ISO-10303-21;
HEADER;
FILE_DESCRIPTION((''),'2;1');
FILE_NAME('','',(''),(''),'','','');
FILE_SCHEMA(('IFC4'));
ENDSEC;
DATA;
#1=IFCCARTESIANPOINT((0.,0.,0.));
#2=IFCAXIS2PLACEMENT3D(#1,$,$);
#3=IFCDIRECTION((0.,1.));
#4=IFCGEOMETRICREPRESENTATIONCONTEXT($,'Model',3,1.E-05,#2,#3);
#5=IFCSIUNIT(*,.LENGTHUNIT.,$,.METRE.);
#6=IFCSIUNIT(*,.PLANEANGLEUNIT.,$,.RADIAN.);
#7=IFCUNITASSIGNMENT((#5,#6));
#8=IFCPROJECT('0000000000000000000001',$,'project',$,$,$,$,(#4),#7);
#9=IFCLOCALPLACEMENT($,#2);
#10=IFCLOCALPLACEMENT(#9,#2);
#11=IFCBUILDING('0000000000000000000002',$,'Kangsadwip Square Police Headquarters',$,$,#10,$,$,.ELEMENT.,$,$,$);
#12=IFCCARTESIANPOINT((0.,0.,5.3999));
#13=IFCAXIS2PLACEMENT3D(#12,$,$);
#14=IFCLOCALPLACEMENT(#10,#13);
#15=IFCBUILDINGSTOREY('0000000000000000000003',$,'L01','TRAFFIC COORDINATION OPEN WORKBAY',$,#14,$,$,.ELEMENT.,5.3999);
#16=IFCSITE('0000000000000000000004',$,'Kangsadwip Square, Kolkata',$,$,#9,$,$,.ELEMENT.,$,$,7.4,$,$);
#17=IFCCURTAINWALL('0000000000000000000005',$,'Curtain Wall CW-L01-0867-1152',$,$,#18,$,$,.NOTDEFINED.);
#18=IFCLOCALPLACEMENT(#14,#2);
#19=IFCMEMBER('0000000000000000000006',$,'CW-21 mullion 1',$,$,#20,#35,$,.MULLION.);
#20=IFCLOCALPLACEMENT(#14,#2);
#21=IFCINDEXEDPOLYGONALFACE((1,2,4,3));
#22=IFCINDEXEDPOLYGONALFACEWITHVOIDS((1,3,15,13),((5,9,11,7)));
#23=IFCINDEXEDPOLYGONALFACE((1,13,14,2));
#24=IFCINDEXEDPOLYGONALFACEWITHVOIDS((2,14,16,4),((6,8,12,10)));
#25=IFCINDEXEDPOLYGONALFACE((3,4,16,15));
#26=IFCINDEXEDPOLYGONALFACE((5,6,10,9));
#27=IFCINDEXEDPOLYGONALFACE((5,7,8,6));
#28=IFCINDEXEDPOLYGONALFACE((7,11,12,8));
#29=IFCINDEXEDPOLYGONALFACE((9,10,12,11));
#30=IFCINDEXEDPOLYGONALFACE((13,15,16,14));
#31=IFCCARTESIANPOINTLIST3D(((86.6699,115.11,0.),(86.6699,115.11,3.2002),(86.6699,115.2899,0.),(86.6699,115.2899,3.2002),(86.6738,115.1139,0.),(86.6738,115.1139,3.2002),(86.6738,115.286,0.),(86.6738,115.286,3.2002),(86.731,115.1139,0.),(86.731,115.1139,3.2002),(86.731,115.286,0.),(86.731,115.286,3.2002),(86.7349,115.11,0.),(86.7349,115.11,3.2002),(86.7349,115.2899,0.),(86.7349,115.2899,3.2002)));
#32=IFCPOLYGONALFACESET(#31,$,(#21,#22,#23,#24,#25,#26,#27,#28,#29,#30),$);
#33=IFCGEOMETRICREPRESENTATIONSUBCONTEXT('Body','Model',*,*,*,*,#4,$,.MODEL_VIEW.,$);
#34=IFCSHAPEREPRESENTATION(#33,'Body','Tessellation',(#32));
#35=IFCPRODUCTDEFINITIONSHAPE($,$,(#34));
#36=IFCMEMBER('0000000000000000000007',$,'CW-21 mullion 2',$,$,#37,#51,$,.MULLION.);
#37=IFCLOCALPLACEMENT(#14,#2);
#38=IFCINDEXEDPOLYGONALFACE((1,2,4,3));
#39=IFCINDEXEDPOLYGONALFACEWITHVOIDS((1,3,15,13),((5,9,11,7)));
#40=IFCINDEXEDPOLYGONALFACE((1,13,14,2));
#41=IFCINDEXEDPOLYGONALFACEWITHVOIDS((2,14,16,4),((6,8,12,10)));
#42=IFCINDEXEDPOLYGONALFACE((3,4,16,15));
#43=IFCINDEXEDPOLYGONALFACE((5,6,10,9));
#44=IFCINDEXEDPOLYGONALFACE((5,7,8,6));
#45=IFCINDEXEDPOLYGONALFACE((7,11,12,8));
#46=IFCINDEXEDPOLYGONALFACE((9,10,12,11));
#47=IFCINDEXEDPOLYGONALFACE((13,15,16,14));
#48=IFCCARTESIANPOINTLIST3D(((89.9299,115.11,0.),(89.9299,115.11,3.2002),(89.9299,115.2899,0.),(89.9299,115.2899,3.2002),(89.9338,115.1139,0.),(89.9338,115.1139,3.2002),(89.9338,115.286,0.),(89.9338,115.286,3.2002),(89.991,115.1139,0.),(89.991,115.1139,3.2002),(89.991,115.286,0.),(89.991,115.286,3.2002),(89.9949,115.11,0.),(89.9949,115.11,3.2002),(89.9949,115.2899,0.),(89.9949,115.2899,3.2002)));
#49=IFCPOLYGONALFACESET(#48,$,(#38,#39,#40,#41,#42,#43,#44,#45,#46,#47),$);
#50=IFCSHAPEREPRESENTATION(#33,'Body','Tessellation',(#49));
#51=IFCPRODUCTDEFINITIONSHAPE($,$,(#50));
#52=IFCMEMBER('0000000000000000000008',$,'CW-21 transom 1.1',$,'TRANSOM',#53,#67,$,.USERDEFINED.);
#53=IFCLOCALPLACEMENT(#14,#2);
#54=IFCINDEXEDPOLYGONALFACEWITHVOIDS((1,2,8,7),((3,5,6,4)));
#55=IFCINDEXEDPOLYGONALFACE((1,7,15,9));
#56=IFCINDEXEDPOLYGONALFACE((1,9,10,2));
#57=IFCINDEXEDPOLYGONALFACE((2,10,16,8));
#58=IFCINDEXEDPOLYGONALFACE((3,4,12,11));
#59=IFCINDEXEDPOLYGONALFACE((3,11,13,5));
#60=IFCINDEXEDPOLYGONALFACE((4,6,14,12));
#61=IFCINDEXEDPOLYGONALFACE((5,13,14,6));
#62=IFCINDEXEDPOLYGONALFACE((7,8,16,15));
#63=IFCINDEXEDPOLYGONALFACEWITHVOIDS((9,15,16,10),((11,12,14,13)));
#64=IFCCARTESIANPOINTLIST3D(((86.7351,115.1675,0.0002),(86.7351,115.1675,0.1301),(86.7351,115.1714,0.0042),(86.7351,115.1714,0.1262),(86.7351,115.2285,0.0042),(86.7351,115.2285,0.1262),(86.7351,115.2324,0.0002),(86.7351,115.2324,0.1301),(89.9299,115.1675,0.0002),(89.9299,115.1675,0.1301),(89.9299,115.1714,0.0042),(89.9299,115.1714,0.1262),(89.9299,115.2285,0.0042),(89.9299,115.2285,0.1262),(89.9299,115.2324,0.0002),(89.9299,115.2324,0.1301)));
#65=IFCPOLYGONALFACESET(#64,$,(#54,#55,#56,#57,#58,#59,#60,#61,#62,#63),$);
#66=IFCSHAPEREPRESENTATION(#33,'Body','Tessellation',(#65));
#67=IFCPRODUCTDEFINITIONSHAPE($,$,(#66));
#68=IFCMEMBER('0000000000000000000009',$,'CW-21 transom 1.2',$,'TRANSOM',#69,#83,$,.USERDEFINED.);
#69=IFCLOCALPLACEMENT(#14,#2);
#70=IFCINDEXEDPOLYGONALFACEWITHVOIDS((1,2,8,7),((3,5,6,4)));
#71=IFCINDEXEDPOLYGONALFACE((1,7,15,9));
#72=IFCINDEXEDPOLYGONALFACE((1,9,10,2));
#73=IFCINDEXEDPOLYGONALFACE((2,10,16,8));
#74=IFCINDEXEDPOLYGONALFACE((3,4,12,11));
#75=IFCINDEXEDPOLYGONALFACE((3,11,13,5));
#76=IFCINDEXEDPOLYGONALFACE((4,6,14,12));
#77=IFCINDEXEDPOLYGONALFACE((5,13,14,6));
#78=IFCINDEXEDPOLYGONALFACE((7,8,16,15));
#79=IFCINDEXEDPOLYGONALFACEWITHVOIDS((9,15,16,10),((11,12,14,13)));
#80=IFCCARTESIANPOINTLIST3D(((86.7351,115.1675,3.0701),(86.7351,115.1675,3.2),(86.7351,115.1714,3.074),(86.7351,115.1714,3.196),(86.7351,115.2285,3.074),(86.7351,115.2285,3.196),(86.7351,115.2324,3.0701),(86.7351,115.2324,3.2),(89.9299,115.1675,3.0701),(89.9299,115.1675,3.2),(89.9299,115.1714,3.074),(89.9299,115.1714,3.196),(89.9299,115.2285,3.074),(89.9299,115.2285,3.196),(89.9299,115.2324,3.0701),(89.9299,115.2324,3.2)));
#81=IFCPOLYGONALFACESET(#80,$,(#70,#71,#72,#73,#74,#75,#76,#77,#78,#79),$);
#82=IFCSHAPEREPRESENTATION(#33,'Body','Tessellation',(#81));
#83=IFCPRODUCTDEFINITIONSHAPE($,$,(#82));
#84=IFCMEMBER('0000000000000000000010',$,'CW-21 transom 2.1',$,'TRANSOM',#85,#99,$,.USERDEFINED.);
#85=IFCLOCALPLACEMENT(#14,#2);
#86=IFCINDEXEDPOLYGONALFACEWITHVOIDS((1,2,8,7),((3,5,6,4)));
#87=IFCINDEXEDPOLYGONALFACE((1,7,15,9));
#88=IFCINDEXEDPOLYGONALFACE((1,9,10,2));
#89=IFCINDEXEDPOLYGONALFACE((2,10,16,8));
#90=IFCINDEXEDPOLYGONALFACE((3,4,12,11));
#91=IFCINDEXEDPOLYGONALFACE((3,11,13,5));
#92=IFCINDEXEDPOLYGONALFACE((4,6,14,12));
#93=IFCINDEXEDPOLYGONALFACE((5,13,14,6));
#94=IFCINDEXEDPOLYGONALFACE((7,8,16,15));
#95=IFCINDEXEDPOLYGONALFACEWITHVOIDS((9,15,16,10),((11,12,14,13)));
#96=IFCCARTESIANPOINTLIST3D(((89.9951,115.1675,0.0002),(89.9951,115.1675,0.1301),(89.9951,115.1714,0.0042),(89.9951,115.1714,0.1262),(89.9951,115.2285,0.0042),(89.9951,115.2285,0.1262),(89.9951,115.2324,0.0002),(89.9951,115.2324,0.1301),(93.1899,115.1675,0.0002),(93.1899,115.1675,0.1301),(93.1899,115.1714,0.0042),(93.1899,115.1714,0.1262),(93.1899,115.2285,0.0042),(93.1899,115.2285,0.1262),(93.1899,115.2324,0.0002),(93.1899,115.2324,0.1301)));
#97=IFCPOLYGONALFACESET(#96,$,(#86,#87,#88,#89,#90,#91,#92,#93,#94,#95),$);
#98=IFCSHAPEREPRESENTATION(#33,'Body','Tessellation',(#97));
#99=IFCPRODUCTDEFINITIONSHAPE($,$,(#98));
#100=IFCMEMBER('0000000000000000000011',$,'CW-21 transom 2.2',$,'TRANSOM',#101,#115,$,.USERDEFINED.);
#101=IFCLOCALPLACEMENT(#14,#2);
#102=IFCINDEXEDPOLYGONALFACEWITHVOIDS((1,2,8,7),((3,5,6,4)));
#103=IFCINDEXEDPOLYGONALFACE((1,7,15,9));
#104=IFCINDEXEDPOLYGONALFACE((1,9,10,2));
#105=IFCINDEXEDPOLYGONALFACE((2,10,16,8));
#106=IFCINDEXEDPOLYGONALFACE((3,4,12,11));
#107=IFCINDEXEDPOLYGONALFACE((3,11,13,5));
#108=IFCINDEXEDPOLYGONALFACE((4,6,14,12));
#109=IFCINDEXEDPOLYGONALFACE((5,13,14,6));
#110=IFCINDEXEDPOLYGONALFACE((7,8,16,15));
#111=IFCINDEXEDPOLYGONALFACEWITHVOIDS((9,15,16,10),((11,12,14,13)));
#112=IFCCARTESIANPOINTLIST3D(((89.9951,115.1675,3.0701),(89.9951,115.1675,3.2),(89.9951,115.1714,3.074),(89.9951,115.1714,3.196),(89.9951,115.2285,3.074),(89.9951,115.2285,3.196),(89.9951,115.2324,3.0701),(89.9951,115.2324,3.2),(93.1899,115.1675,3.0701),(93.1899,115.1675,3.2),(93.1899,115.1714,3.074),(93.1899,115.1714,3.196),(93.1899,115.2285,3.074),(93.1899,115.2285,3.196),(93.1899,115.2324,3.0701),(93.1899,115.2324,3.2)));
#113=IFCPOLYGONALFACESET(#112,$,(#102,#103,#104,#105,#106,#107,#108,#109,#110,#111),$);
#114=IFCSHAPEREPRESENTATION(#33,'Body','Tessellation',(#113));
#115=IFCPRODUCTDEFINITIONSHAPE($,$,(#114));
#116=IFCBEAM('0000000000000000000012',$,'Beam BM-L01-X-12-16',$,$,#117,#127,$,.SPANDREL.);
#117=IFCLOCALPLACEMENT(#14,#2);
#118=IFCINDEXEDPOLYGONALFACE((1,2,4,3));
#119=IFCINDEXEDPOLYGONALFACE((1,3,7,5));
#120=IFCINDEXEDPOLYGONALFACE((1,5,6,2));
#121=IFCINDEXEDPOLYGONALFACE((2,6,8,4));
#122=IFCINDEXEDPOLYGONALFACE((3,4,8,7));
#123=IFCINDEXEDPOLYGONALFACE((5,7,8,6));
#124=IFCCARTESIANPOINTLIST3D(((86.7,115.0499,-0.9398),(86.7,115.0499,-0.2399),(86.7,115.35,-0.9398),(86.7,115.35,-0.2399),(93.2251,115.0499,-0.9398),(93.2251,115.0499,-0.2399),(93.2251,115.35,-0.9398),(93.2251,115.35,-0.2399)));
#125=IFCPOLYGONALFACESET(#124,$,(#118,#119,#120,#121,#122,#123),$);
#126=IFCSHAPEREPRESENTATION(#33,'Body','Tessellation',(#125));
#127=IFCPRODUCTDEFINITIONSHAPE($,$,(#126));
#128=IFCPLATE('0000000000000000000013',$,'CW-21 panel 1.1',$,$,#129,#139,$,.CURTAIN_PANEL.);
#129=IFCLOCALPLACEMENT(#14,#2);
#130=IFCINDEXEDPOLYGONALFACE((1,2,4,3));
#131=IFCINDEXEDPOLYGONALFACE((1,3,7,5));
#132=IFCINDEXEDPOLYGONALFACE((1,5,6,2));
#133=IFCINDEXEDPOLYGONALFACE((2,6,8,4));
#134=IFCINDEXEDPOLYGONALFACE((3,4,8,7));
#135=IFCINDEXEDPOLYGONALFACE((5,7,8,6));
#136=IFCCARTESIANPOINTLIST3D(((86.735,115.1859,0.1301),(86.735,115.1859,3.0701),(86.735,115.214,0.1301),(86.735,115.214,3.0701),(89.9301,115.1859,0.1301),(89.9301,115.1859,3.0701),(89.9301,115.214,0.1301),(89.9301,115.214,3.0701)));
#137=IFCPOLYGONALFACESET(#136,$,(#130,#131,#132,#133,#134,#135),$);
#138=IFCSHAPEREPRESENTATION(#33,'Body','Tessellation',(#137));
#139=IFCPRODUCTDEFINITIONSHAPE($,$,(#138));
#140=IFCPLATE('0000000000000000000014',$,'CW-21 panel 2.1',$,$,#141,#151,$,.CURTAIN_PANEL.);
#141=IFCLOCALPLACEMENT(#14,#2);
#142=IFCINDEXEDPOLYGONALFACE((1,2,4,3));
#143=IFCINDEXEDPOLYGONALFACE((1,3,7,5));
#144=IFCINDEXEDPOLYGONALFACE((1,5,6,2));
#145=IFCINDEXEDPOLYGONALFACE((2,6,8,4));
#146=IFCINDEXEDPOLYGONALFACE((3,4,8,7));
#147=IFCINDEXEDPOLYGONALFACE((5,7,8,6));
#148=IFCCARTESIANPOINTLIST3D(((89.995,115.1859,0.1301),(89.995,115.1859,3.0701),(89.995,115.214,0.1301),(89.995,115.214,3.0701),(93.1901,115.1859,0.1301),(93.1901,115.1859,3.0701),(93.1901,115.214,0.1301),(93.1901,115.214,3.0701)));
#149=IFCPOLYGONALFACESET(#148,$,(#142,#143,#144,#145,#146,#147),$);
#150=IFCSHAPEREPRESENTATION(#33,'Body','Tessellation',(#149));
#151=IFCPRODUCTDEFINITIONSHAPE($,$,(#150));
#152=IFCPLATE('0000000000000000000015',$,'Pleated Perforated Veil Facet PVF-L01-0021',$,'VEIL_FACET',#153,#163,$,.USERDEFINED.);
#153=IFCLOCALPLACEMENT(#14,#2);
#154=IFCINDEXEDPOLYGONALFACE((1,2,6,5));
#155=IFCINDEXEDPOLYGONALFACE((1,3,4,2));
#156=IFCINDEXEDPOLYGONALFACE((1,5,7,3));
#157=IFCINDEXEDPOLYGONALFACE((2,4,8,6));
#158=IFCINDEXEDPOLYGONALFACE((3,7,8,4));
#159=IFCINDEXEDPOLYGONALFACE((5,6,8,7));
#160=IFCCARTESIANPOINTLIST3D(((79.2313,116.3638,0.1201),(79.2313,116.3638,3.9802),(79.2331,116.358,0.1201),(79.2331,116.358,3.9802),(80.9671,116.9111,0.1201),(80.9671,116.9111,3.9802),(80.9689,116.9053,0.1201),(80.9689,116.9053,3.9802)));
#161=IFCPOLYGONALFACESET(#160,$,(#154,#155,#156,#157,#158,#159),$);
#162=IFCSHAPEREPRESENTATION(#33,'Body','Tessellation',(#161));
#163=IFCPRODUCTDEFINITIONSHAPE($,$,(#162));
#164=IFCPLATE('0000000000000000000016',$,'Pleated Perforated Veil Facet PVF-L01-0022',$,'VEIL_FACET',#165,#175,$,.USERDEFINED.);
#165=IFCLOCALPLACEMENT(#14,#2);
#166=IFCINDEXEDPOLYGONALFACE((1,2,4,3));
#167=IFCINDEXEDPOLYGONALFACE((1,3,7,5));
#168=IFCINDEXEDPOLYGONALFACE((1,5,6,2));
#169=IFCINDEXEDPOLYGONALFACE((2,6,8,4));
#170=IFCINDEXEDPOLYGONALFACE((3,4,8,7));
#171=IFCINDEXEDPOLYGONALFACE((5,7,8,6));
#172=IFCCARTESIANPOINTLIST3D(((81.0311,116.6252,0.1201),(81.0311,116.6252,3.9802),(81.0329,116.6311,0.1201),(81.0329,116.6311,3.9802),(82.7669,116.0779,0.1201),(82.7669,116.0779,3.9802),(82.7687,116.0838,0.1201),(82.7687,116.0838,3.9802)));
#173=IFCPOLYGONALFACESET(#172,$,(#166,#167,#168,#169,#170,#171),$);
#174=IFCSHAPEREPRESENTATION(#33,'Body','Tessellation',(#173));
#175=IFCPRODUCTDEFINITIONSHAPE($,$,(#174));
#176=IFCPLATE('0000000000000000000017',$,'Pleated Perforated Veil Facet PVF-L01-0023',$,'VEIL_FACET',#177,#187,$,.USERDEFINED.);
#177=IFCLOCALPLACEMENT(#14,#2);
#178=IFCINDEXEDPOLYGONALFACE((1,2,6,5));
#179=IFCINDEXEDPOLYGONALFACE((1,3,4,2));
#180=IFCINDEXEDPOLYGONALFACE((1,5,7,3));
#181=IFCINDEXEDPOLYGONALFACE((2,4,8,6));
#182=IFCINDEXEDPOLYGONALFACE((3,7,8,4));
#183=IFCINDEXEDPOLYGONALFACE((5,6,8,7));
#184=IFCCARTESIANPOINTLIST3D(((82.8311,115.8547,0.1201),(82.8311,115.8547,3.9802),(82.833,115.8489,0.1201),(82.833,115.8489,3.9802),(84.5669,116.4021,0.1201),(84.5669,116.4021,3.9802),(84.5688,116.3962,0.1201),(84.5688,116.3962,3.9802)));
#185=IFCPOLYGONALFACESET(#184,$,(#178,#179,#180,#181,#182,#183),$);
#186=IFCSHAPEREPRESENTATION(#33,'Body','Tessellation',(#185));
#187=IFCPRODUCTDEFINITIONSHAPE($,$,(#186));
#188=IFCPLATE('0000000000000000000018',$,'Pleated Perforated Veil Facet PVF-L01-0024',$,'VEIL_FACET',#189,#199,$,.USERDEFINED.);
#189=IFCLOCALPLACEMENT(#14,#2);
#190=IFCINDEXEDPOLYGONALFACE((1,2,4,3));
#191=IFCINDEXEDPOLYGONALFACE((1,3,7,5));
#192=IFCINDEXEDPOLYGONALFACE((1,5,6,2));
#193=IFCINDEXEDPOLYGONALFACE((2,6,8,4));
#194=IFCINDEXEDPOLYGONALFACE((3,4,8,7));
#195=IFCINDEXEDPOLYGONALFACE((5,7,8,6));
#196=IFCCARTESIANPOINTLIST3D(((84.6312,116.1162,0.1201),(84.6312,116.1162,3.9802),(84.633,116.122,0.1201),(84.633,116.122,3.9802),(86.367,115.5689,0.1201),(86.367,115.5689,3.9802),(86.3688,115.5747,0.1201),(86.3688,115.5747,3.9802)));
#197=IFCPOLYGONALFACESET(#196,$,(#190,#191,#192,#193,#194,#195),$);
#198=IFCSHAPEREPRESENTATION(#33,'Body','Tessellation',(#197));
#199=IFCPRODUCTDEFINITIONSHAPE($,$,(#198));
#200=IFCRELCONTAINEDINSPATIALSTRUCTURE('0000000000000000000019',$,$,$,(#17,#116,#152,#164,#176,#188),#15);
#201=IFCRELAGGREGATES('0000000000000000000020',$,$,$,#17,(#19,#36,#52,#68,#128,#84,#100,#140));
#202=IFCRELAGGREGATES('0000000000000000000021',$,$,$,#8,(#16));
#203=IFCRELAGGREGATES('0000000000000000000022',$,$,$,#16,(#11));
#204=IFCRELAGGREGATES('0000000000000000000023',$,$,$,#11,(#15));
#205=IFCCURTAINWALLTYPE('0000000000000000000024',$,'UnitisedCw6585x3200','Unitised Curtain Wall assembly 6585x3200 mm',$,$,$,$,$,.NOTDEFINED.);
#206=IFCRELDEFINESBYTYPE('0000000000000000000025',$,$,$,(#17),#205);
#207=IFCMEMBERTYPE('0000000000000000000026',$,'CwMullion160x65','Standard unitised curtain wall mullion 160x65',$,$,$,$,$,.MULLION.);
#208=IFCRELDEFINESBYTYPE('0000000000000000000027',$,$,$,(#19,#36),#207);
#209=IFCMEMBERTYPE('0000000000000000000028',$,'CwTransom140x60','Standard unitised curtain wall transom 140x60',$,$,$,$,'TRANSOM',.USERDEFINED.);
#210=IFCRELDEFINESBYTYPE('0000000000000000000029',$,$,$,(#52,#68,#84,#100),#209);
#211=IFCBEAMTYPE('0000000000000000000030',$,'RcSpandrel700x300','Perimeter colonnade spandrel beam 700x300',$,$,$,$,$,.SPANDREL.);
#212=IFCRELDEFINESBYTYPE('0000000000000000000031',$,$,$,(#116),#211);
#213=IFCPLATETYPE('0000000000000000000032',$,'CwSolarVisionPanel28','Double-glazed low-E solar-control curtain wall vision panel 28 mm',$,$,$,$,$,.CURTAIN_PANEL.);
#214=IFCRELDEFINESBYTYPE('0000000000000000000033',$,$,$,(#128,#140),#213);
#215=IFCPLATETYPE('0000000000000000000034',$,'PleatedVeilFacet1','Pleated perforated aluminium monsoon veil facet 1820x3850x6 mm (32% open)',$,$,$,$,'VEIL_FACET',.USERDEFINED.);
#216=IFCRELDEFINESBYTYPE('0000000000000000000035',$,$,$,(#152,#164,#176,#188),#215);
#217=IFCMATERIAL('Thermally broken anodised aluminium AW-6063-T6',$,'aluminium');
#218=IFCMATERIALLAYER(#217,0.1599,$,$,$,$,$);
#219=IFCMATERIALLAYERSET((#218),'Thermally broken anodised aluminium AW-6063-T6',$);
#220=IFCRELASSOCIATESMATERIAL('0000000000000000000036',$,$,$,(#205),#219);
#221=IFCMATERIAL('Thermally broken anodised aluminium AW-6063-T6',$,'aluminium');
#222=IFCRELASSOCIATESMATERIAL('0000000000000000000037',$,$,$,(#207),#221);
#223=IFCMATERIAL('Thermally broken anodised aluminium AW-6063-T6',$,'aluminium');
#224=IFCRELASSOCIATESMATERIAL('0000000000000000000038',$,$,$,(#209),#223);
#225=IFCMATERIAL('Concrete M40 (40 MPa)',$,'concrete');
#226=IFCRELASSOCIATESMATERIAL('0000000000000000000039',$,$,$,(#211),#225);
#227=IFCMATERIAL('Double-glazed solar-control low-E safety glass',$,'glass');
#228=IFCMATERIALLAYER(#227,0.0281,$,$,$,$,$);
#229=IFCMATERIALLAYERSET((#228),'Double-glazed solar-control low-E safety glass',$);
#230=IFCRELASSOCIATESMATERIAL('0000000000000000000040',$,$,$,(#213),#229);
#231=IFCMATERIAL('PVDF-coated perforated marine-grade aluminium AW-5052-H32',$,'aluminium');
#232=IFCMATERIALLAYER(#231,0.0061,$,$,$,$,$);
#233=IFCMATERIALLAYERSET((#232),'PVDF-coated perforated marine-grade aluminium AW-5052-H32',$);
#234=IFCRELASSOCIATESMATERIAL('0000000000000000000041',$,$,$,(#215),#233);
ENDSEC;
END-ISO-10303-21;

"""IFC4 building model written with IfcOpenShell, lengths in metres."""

from ifc_helpers import new_model, si_unit, direction, frame, origin, origin_2d, place, context, subcontext, project, spatial, rectangle, hollow_rectangle, extrude, material, layer, layer_set, material_profile, profile_set, type_object, element, aggregate, save


model = new_model("IFC4")

# Units and contexts
model_context = context("Model", 3, precision=1e-05, world=origin(), true_north=direction((0.0, 1.0)))
body_context = subcontext(model_context, "Body", "Model", "MODEL_VIEW")
ifc_project = project(units=[si_unit("LENGTHUNIT", "METRE"), si_unit("PLANEANGLEUNIT", "RADIAN")], contexts=[model_context])

# Site, building, storey
site_placement = place(None, origin())
site = spatial("IfcSite", under=ifc_project, at=site_placement, Name="Kangsadwip Square, Kolkata", CompositionType="ELEMENT", RefElevation=7.4)
building_placement = place(site_placement, origin())
building = spatial("IfcBuilding", under=site, at=building_placement, Name="Kangsadwip Square Police Headquarters", CompositionType="ELEMENT")
storey_placement = place(building_placement, frame((0.0, 0.0, 5.3999)))
storey = spatial("IfcBuildingStorey", under=building, at=storey_placement, Name="L01", Description="TRAFFIC COORDINATION OPEN WORKBAY", CompositionType="ELEMENT", Elevation=5.3999)

# Curtain wall, members
ifc_material_1 = material(Name="Thermally broken anodised aluminium AW-6063-T6", Category="aluminium")
ifc_layer_1 = layer(ifc_material_1, 0.1599)
ifc_layer_set_1 = layer_set([ifc_layer_1], Name="Thermally broken anodised aluminium AW-6063-T6")
curtain_wall_type = type_object("IfcCurtainWallType", Name="UnitisedCw6585x3200", Description="Unitised Curtain Wall assembly 6585x3200 mm", PredefinedType="NOTDEFINED", material=ifc_layer_set_1)
curtain_wall_placement = place(storey_placement, origin())
curtain_wall = element("IfcCurtainWall", 1, at=curtain_wall_placement, inside=storey, type_object=curtain_wall_type, Name="Curtain Wall CW-L01-0867-1152", PredefinedType="NOTDEFINED")
ifc_material_2 = material(Name="Thermally broken anodised aluminium AW-6063-T6", Category="aluminium")
ifc_material_profile_1 = material_profile(ifc_material_2, hollow_rectangle(XDim=0.0649, YDim=0.1799, WallThickness=0.0039, at=origin_2d()), Name="CWM 180X65X4")
ifc_profile_set_1 = profile_set([ifc_material_profile_1], Name="Thermally broken anodised aluminium AW-6063-T6")
member_type_1 = type_object("IfcMemberType", Name="CwMullion160x65", Description="Standard unitised curtain wall mullion 160x65", PredefinedType="MULLION", material=ifc_profile_set_1)
member_1_placement = place(storey_placement, frame((86.7024, 115.2, 0.0), z_axis=(0.0, 0.0, 1.0), x_axis=(1.0, 0.0, 0.0)))
member_1 = element("IfcMember", 2, at=member_1_placement, type_object=member_type_1, Name="CW-21 mullion 1", PredefinedType="MULLION", context=body_context, shape_type="SweptSolid", body=[
    extrude(hollow_rectangle(XDim=0.0649, YDim=0.1799, WallThickness=0.0039, at=origin_2d()), origin(), (0.0, 0.0, 1.0), 3.2002),
])
member_2_placement = place(storey_placement, frame((89.9624, 115.2, 0.0), z_axis=(0.0, 0.0, 1.0), x_axis=(1.0, 0.0, 0.0)))
member_2 = element("IfcMember", 3, at=member_2_placement, type_object=member_type_1, Name="CW-21 mullion 2", PredefinedType="MULLION", context=body_context, shape_type="SweptSolid", body=[
    extrude(hollow_rectangle(XDim=0.0649, YDim=0.1799, WallThickness=0.0039, at=origin_2d()), origin(), (0.0, 0.0, 1.0), 3.2002),
])
ifc_material_3 = material(Name="Thermally broken anodised aluminium AW-6063-T6", Category="aluminium")
ifc_material_profile_2 = material_profile(ifc_material_3, hollow_rectangle(XDim=0.0649, YDim=0.1299, WallThickness=0.0039, at=origin_2d()), Name="CWT 130X65X4")
ifc_profile_set_2 = profile_set([ifc_material_profile_2], Name="Thermally broken anodised aluminium AW-6063-T6")
member_type_2 = type_object("IfcMemberType", Name="CwTransom140x60", Description="Standard unitised curtain wall transom 140x60", ElementType="TRANSOM", PredefinedType="USERDEFINED", material=ifc_profile_set_2)
member_3_placement = place(storey_placement, frame((86.7351, 115.2, 0.0652), z_axis=(1.0, 0.0, 0.0), x_axis=(0.0, 1.0, 0.0)))
member_3 = element("IfcMember", 4, at=member_3_placement, type_object=member_type_2, Name="CW-21 transom 1.1", ObjectType="TRANSOM", PredefinedType="USERDEFINED", context=body_context, shape_type="SweptSolid", body=[
    extrude(hollow_rectangle(XDim=0.0649, YDim=0.1299, WallThickness=0.0039, at=origin_2d()), origin(), (0.0, 0.0, 1.0), 3.1948),
])
member_4_placement = place(storey_placement, frame((86.7351, 115.2, 3.135), z_axis=(1.0, 0.0, 0.0), x_axis=(0.0, 1.0, 0.0)))
member_4 = element("IfcMember", 5, at=member_4_placement, type_object=member_type_2, Name="CW-21 transom 1.2", ObjectType="TRANSOM", PredefinedType="USERDEFINED", context=body_context, shape_type="SweptSolid", body=[
    extrude(hollow_rectangle(XDim=0.0649, YDim=0.1299, WallThickness=0.0039, at=origin_2d()), origin(), (0.0, 0.0, 1.0), 3.1948),
])
member_5_placement = place(storey_placement, frame((89.9951, 115.2, 0.0652), z_axis=(1.0, 0.0, 0.0), x_axis=(0.0, 1.0, 0.0)))
member_5 = element("IfcMember", 6, at=member_5_placement, type_object=member_type_2, Name="CW-21 transom 2.1", ObjectType="TRANSOM", PredefinedType="USERDEFINED", context=body_context, shape_type="SweptSolid", body=[
    extrude(hollow_rectangle(XDim=0.0649, YDim=0.1299, WallThickness=0.0039, at=origin_2d()), origin(), (0.0, 0.0, 1.0), 3.1948),
])
member_6_placement = place(storey_placement, frame((89.9951, 115.2, 3.135), z_axis=(1.0, 0.0, 0.0), x_axis=(0.0, 1.0, 0.0)))
member_6 = element("IfcMember", 7, at=member_6_placement, type_object=member_type_2, Name="CW-21 transom 2.2", ObjectType="TRANSOM", PredefinedType="USERDEFINED", context=body_context, shape_type="SweptSolid", body=[
    extrude(hollow_rectangle(XDim=0.0649, YDim=0.1299, WallThickness=0.0039, at=origin_2d()), origin(), (0.0, 0.0, 1.0), 3.1948),
])

# Beam
ifc_material_4 = material(Name="Concrete M40 (40 MPa)", Category="concrete")
ifc_material_profile_3 = material_profile(ifc_material_4, rectangle(XDim=0.3, YDim=0.7, at=origin_2d()), Name="RC SPN 700X300")
ifc_profile_set_3 = profile_set([ifc_material_profile_3], Name="Concrete M40 (40 MPa)")
beam_type = type_object("IfcBeamType", Name="RcSpandrel700x300", Description="Perimeter colonnade spandrel beam 700x300", PredefinedType="SPANDREL", material=ifc_profile_set_3)
beam_placement = place(storey_placement, frame((86.7, 115.2, -0.5898), z_axis=(1.0, 0.0, 0.0), x_axis=(0.0, 1.0, 0.0)))
element("IfcBeam", 8, at=beam_placement, inside=storey, type_object=beam_type, Name="Beam BM-L01-X-12-16", PredefinedType="SPANDREL", context=body_context, shape_type="SweptSolid", body=[
    extrude(rectangle(XDim=0.3, YDim=0.7, at=origin_2d()), origin(), (0.0, 0.0, 1.0), 6.5251),
])

# Plates
ifc_material_5 = material(Name="Double-glazed solar-control low-E safety glass", Category="glass")
ifc_layer_2 = layer(ifc_material_5, 0.0281)
ifc_layer_set_2 = layer_set([ifc_layer_2], Name="Double-glazed solar-control low-E safety glass")
plate_type_1 = type_object("IfcPlateType", Name="CwSolarVisionPanel28", Description="Double-glazed low-E solar-control curtain wall vision panel 28 mm", PredefinedType="CURTAIN_PANEL", material=ifc_layer_set_2)
plate_1_placement = place(storey_placement, frame((88.3325, 115.2, 0.1301), z_axis=(0.0, 0.0, 1.0), x_axis=(1.0, 0.0, 0.0)))
plate_1 = element("IfcPlate", 9, at=plate_1_placement, type_object=plate_type_1, Name="CW-21 panel 1.1", PredefinedType="CURTAIN_PANEL", context=body_context, shape_type="SweptSolid", body=[
    extrude(rectangle(XDim=3.1951, YDim=0.0281, at=origin_2d()), origin(), (0.0, 0.0, 1.0), 2.9399),
])
plate_2_placement = place(storey_placement, frame((91.5925, 115.2, 0.1301), z_axis=(0.0, 0.0, 1.0), x_axis=(1.0, 0.0, 0.0)))
plate_2 = element("IfcPlate", 10, at=plate_2_placement, type_object=plate_type_1, Name="CW-21 panel 2.1", PredefinedType="CURTAIN_PANEL", context=body_context, shape_type="SweptSolid", body=[
    extrude(rectangle(XDim=3.1951, YDim=0.0281, at=origin_2d()), origin(), (0.0, 0.0, 1.0), 2.9399),
])
aggregate(curtain_wall, [member_1, member_2, member_3, member_4, plate_1, member_5, member_6, plate_2])

# Plates
ifc_material_6 = material(Name="PVDF-coated perforated marine-grade aluminium AW-5052-H32", Category="aluminium")
ifc_layer_3 = layer(ifc_material_6, 0.0061)
ifc_layer_set_3 = layer_set([ifc_layer_3], Name="PVDF-coated perforated marine-grade aluminium AW-5052-H32")
plate_type_2 = type_object("IfcPlateType", Name="PleatedVeilFacet1", Description="Pleated perforated aluminium monsoon veil facet 1820x3850x6 mm (32% open)", ElementType="VEIL_FACET", PredefinedType="USERDEFINED", material=ifc_layer_set_3)
for number, where, z_axis, x_axis, name in (
    (11, (80.1001, 116.6345, 0.1201), (0.0, 0.0, 1.0), (0.953717, 0.300706, 0.0), "Pleated Perforated Veil Facet PVF-L01-0021"),
    (12, (81.8999, 116.3545, 0.1201), (0.0, 0.0, 1.0), (0.953717, -0.300706, 0.0), "Pleated Perforated Veil Facet PVF-L01-0022"),
    (13, (83.7, 116.1255, 0.1201), (0.0, 0.0, 1.0), (0.953717, 0.300706, 0.0), "Pleated Perforated Veil Facet PVF-L01-0023"),
    (14, (85.5, 115.8455, 0.1201), (0.0, 0.0, 1.0), (0.953717, -0.300706, 0.0), "Pleated Perforated Veil Facet PVF-L01-0024"),
):
    element("IfcPlate", number, at=place(storey_placement, frame(where, z_axis=z_axis, x_axis=x_axis)), inside=storey, type_object=plate_type_2, Name=name, ObjectType="VEIL_FACET", PredefinedType="USERDEFINED", context=body_context, shape_type="SweptSolid", body=[
        extrude(rectangle(XDim=1.8201, YDim=0.0061, at=origin_2d()), origin(), (0.0, 0.0, 1.0), 3.8601),
    ])

save(model, "model.ifc")
